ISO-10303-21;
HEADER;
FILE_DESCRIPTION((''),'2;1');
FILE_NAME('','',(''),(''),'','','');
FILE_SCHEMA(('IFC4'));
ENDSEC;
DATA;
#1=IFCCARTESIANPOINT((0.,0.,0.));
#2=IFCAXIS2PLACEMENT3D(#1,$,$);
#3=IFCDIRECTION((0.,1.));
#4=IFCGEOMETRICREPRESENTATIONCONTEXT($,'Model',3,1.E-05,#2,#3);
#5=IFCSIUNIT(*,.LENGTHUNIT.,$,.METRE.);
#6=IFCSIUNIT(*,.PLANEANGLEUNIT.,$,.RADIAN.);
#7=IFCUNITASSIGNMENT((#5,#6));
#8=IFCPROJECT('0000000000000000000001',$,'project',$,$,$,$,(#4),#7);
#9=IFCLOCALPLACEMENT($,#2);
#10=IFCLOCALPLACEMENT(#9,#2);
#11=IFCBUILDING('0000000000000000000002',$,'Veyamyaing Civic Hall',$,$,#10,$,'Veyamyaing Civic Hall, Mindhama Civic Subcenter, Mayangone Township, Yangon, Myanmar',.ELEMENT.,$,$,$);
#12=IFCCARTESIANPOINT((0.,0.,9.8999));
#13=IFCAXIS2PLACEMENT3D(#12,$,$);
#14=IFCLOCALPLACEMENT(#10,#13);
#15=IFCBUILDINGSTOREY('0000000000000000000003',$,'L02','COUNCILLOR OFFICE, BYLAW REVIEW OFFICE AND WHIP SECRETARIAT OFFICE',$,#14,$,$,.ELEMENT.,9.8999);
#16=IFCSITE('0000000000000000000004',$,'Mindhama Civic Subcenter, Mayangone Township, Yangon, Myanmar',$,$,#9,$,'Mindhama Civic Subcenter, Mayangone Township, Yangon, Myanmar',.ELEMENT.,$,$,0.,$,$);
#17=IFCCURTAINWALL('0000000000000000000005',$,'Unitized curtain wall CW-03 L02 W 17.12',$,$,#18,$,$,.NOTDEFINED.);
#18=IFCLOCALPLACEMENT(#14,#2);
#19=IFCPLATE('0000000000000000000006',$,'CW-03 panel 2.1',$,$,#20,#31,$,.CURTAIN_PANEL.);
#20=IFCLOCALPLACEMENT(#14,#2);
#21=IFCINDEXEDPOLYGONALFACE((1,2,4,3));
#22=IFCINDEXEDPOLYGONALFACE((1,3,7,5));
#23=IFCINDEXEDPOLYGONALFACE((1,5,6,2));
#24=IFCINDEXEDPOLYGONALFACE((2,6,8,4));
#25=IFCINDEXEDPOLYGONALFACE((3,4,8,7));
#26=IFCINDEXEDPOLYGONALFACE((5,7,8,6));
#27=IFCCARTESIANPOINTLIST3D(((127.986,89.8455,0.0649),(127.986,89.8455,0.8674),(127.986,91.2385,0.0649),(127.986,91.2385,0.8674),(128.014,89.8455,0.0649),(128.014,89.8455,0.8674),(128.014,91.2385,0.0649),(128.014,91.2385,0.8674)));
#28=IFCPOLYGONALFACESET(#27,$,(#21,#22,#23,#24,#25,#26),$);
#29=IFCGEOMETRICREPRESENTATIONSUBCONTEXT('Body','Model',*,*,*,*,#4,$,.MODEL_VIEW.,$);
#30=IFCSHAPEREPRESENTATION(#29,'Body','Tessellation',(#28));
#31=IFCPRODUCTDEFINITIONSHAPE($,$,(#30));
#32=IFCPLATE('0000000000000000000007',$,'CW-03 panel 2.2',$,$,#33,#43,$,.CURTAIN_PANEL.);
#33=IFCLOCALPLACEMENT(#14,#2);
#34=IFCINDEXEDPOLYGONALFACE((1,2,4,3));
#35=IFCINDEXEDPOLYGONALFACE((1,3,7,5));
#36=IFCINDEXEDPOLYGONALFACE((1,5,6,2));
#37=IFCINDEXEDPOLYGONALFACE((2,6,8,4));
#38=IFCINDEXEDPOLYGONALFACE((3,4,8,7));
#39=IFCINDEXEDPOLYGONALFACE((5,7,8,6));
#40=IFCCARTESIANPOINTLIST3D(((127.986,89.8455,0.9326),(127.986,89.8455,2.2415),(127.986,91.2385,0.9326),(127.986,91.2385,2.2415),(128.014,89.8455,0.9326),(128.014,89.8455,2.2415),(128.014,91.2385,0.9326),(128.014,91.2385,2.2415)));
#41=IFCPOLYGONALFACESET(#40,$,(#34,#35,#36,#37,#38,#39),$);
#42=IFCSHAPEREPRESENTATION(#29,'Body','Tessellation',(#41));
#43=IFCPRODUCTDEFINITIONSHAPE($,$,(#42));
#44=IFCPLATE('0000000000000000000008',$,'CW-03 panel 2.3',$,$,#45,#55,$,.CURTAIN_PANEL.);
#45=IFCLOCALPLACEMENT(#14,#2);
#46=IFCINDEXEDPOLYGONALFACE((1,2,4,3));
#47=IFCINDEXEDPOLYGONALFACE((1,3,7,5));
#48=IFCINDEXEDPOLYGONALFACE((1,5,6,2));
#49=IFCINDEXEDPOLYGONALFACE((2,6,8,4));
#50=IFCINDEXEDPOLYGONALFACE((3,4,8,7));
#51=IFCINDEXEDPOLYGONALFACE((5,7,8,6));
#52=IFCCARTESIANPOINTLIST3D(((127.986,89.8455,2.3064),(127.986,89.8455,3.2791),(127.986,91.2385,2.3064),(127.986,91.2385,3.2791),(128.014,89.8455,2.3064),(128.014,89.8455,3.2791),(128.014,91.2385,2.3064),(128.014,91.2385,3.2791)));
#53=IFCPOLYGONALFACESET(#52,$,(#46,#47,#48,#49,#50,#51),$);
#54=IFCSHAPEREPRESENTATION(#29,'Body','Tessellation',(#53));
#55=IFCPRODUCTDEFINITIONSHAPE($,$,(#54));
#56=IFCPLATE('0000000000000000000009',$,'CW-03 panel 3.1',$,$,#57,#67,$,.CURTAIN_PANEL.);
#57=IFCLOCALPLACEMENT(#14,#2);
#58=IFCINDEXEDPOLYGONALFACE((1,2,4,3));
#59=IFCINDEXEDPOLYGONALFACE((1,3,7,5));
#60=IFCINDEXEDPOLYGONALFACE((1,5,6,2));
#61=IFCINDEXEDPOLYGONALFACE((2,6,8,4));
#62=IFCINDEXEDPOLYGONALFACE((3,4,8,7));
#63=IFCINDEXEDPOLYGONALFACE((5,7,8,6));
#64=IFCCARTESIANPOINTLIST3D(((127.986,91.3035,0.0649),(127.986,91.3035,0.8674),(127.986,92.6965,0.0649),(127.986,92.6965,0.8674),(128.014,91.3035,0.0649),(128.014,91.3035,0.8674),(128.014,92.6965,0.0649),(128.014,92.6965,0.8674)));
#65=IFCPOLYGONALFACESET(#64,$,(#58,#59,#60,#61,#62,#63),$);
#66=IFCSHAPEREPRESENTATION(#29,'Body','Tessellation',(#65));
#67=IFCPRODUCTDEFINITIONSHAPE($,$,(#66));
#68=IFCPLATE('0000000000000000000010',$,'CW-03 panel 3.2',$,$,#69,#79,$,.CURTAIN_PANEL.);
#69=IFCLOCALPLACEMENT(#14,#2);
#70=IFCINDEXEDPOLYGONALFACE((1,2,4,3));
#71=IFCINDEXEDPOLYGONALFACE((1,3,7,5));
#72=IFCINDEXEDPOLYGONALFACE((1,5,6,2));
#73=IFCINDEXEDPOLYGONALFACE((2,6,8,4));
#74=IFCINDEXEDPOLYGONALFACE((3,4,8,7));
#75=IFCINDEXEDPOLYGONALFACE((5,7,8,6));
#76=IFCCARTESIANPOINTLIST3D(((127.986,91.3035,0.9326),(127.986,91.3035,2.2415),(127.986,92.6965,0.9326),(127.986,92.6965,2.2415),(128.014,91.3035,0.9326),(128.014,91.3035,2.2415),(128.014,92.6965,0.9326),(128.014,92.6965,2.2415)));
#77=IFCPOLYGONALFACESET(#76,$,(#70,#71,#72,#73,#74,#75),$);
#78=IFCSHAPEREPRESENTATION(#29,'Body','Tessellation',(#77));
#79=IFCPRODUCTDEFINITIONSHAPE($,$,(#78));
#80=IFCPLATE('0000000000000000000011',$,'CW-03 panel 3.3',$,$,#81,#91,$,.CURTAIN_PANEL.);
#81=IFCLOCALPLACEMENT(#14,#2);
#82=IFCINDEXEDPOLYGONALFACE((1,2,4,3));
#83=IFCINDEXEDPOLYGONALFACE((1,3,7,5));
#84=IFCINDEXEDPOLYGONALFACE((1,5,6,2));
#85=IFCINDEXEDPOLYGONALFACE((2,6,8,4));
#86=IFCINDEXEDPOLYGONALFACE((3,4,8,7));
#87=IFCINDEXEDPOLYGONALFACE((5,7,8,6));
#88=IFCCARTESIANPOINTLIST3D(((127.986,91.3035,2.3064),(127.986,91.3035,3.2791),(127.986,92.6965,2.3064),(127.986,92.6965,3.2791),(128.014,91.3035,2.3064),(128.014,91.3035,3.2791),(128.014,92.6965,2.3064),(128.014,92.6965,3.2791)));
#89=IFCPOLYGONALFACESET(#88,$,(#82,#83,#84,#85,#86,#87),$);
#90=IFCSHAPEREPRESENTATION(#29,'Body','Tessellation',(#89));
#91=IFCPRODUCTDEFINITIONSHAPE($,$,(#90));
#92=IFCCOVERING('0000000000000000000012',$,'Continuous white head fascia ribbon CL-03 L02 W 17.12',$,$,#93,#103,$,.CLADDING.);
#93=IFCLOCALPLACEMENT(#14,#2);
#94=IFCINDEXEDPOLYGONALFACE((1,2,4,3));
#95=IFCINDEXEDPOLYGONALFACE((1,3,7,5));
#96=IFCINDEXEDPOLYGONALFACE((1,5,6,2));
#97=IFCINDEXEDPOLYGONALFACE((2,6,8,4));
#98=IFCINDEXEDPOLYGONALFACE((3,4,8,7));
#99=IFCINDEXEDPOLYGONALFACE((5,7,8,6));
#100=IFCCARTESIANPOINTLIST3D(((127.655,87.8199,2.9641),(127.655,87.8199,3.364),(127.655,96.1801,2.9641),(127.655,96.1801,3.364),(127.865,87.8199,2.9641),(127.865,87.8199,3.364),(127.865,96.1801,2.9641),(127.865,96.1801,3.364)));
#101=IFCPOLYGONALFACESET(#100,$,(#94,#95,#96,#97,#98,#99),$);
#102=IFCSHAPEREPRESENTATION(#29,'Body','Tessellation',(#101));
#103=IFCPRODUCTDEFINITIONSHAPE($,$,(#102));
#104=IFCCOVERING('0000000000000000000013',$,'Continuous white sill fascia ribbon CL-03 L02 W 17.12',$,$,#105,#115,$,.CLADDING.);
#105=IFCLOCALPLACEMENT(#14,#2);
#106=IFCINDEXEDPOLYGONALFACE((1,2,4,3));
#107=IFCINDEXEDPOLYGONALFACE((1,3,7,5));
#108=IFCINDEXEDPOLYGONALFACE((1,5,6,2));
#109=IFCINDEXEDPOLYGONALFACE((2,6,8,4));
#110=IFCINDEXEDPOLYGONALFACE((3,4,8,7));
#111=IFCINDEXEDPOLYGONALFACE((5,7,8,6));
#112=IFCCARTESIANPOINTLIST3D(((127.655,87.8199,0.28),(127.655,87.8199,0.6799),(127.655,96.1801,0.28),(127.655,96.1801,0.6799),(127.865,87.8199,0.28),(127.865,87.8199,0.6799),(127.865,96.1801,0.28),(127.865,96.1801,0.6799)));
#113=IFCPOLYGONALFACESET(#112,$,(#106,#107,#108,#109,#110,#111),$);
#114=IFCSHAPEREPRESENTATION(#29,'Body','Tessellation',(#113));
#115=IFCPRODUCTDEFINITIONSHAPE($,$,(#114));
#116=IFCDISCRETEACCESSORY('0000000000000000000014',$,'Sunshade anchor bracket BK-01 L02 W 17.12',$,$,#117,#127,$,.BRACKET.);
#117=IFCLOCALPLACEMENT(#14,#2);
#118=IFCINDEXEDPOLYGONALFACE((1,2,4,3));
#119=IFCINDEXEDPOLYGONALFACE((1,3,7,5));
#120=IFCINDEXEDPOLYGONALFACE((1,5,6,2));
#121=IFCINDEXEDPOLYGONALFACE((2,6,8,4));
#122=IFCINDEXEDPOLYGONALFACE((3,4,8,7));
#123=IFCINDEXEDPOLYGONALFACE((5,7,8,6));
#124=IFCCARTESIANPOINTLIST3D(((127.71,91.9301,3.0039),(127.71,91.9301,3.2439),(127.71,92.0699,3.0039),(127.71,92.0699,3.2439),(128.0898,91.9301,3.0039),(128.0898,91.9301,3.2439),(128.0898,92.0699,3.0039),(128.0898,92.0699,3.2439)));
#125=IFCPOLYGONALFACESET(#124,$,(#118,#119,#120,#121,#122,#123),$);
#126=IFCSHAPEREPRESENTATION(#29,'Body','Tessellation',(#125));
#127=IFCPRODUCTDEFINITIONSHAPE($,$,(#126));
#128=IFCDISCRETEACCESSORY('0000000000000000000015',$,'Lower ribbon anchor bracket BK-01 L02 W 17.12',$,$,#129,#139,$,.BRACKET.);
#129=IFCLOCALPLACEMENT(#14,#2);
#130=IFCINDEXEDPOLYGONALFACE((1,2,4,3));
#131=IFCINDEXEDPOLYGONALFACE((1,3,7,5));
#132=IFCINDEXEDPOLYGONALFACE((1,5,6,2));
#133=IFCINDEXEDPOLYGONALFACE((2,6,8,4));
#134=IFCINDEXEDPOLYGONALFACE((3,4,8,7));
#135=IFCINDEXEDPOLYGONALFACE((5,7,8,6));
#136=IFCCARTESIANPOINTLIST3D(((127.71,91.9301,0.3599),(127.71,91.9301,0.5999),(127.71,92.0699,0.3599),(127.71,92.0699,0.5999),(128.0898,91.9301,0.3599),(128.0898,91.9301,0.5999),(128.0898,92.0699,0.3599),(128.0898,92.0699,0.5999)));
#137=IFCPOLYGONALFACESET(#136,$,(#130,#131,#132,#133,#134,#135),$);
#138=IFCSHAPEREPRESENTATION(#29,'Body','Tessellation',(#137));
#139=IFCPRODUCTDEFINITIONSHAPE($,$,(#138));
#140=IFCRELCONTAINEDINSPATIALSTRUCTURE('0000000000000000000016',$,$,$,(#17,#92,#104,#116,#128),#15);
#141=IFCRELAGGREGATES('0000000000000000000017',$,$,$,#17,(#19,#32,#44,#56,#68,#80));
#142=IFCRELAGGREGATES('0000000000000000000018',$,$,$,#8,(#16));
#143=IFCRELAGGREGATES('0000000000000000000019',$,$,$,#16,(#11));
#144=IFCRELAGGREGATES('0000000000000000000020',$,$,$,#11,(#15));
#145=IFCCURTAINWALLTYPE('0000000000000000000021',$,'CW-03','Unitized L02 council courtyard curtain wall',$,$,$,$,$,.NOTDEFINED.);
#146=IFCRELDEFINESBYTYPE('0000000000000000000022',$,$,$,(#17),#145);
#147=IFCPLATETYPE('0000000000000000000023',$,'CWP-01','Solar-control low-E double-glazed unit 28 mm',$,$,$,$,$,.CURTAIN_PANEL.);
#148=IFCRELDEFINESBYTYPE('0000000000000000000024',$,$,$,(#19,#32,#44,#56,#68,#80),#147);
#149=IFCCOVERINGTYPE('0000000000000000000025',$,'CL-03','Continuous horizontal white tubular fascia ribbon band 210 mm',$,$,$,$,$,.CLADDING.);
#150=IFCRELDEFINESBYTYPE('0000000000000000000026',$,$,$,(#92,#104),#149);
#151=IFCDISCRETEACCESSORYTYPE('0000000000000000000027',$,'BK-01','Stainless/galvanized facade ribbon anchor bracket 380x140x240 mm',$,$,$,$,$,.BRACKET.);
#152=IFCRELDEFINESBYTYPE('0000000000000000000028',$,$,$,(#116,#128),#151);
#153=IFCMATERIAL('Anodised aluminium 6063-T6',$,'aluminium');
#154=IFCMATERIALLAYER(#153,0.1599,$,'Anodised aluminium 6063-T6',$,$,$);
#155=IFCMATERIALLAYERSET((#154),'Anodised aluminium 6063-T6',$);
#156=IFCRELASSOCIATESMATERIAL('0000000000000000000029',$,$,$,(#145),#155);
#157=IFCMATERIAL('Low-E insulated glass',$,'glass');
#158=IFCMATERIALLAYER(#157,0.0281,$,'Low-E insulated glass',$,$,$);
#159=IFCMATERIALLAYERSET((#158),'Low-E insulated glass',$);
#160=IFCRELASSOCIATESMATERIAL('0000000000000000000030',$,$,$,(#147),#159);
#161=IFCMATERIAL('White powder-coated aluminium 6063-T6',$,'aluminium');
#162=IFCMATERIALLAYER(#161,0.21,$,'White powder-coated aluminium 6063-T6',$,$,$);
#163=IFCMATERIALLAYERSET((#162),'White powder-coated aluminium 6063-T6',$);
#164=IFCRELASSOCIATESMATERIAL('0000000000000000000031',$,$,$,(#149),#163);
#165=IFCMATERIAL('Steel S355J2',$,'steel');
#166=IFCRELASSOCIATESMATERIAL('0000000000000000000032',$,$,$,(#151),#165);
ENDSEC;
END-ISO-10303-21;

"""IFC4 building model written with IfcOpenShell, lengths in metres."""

from ifc_helpers import new_model, si_unit, direction, frame, origin, origin_2d, place, context, subcontext, project, spatial, rectangle, extrude, material, layer, layer_set, type_object, element, aggregate, save


model = new_model("IFC4")

# Units and contexts
model_context = context("Model", 3, precision=1e-05, world=origin(), true_north=direction((0.0, 1.0)))
body_context = subcontext(model_context, "Body", "Model", "MODEL_VIEW")
ifc_project = project(units=[si_unit("LENGTHUNIT", "METRE"), si_unit("PLANEANGLEUNIT", "RADIAN")], contexts=[model_context])

# Site, building, storey
site_placement = place(None, origin())
site = spatial("IfcSite", under=ifc_project, at=site_placement, Name="Mindhama Civic Subcenter, Mayangone Township, Yangon, Myanmar", LongName="Mindhama Civic Subcenter, Mayangone Township, Yangon, Myanmar", CompositionType="ELEMENT", RefElevation=0.0)
building_placement = place(site_placement, origin())
building = spatial("IfcBuilding", under=site, at=building_placement, Name="Veyamyaing Civic Hall", LongName="Veyamyaing Civic Hall, Mindhama Civic Subcenter, Mayangone Township, Yangon, Myanmar", CompositionType="ELEMENT")
storey_placement = place(building_placement, frame((0.0, 0.0, 9.8999)))
storey = spatial("IfcBuildingStorey", under=building, at=storey_placement, Name="L02", Description="COUNCILLOR OFFICE, BYLAW REVIEW OFFICE AND WHIP SECRETARIAT OFFICE", CompositionType="ELEMENT", Elevation=9.8999)

# Curtain wall
ifc_material_1 = material(Name="Anodised aluminium 6063-T6", Category="aluminium")
ifc_layer_1 = layer(ifc_material_1, 0.1599, Name="Anodised aluminium 6063-T6")
ifc_layer_set_1 = layer_set([ifc_layer_1], Name="Anodised aluminium 6063-T6")
curtain_wall_type = type_object("IfcCurtainWallType", Name="CW-03", Description="Unitized L02 council courtyard curtain wall", PredefinedType="NOTDEFINED", material=ifc_layer_set_1)
curtain_wall_placement = place(storey_placement, origin())
curtain_wall = element("IfcCurtainWall", 1, at=curtain_wall_placement, inside=storey, type_object=curtain_wall_type, Name="Unitized curtain wall CW-03 L02 W 17.12", PredefinedType="NOTDEFINED")

# Plates
ifc_material_2 = material(Name="Low-E insulated glass", Category="glass")
ifc_layer_2 = layer(ifc_material_2, 0.0281, Name="Low-E insulated glass")
ifc_layer_set_2 = layer_set([ifc_layer_2], Name="Low-E insulated glass")
plate_type = type_object("IfcPlateType", Name="CWP-01", Description="Solar-control low-E double-glazed unit 28 mm", PredefinedType="CURTAIN_PANEL", material=ifc_layer_set_2)
plate_1_placement = place(storey_placement, frame((128.0, 90.542, 0.0649), z_axis=(0.0, 0.0, 1.0), x_axis=(0.0, 1.0, 0.0)))
plate_1 = element("IfcPlate", 2, at=plate_1_placement, type_object=plate_type, Name="CW-03 panel 2.1", PredefinedType="CURTAIN_PANEL", context=body_context, shape_type="SweptSolid", body=[
    extrude(rectangle(XDim=1.3931, YDim=0.0281, at=origin_2d()), origin(), (0.0, 0.0, 1.0), 0.8025),
])
plate_2_placement = place(storey_placement, frame((128.0, 90.542, 0.9326), z_axis=(0.0, 0.0, 1.0), x_axis=(0.0, 1.0, 0.0)))
plate_2 = element("IfcPlate", 3, at=plate_2_placement, type_object=plate_type, Name="CW-03 panel 2.2", PredefinedType="CURTAIN_PANEL", context=body_context, shape_type="SweptSolid", body=[
    extrude(rectangle(XDim=1.3931, YDim=0.0281, at=origin_2d()), origin(), (0.0, 0.0, 1.0), 1.3088),
])
plate_3_placement = place(storey_placement, frame((128.0, 90.542, 2.3064), z_axis=(0.0, 0.0, 1.0), x_axis=(0.0, 1.0, 0.0)))
plate_3 = element("IfcPlate", 4, at=plate_3_placement, type_object=plate_type, Name="CW-03 panel 2.3", PredefinedType="CURTAIN_PANEL", context=body_context, shape_type="SweptSolid", body=[
    extrude(rectangle(XDim=1.3931, YDim=0.0281, at=origin_2d()), origin(), (0.0, 0.0, 1.0), 0.9727),
])
plate_4_placement = place(storey_placement, frame((128.0, 92.0, 0.0649), z_axis=(0.0, 0.0, 1.0), x_axis=(0.0, 1.0, 0.0)))
plate_4 = element("IfcPlate", 5, at=plate_4_placement, type_object=plate_type, Name="CW-03 panel 3.1", PredefinedType="CURTAIN_PANEL", context=body_context, shape_type="SweptSolid", body=[
    extrude(rectangle(XDim=1.3931, YDim=0.0281, at=origin_2d()), origin(), (0.0, 0.0, 1.0), 0.8025),
])
plate_5_placement = place(storey_placement, frame((128.0, 92.0, 0.9326), z_axis=(0.0, 0.0, 1.0), x_axis=(0.0, 1.0, 0.0)))
plate_5 = element("IfcPlate", 6, at=plate_5_placement, type_object=plate_type, Name="CW-03 panel 3.2", PredefinedType="CURTAIN_PANEL", context=body_context, shape_type="SweptSolid", body=[
    extrude(rectangle(XDim=1.3931, YDim=0.0281, at=origin_2d()), origin(), (0.0, 0.0, 1.0), 1.3088),
])
plate_6_placement = place(storey_placement, frame((128.0, 92.0, 2.3064), z_axis=(0.0, 0.0, 1.0), x_axis=(0.0, 1.0, 0.0)))
plate_6 = element("IfcPlate", 7, at=plate_6_placement, type_object=plate_type, Name="CW-03 panel 3.3", PredefinedType="CURTAIN_PANEL", context=body_context, shape_type="SweptSolid", body=[
    extrude(rectangle(XDim=1.3931, YDim=0.0281, at=origin_2d()), origin(), (0.0, 0.0, 1.0), 0.9727),
])
aggregate(curtain_wall, [plate_1, plate_2, plate_3, plate_4, plate_5, plate_6])

# Coverings
ifc_material_3 = material(Name="White powder-coated aluminium 6063-T6", Category="aluminium")
ifc_layer_3 = layer(ifc_material_3, 0.21, Name="White powder-coated aluminium 6063-T6")
ifc_layer_set_3 = layer_set([ifc_layer_3], Name="White powder-coated aluminium 6063-T6")
covering_type = type_object("IfcCoveringType", Name="CL-03", Description="Continuous horizontal white tubular fascia ribbon band 210 mm", PredefinedType="CLADDING", material=ifc_layer_set_3)
for number, where, z_axis, x_axis, name in (
    (8, (127.76, 92.0, 2.9641), (0.0, 0.0, 1.0), (0.0, 1.0, 0.0), "Continuous white head fascia ribbon CL-03 L02 W 17.12"),
    (9, (127.76, 92.0, 0.28), (0.0, 0.0, 1.0), (0.0, 1.0, 0.0), "Continuous white sill fascia ribbon CL-03 L02 W 17.12"),
):
    element("IfcCovering", number, at=place(storey_placement, frame(where, z_axis=z_axis, x_axis=x_axis)), inside=storey, type_object=covering_type, Name=name, PredefinedType="CLADDING", context=body_context, shape_type="SweptSolid", body=[
        extrude(rectangle(XDim=8.3601, YDim=0.21, at=origin_2d()), origin(), (0.0, 0.0, 1.0), 0.3999),
    ])

# Discrete accessories
ifc_material_4 = material(Name="Steel S355J2", Category="steel")
discrete_accessory_type = type_object("IfcDiscreteAccessoryType", Name="BK-01", Description="Stainless/galvanized facade ribbon anchor bracket 380x140x240 mm", PredefinedType="BRACKET", material=ifc_material_4)
for number, where, z_axis, x_axis, name in (
    (10, (127.8999, 92.0, 3.0039), (0.0, 0.0, 1.0), (-1.0, 0.0, 0.0), "Sunshade anchor bracket BK-01 L02 W 17.12"),
    (11, (127.8999, 92.0, 0.3599), (0.0, 0.0, 1.0), (-1.0, 0.0, 0.0), "Lower ribbon anchor bracket BK-01 L02 W 17.12"),
):
    element("IfcDiscreteAccessory", number, at=place(storey_placement, frame(where, z_axis=z_axis, x_axis=x_axis)), inside=storey, type_object=discrete_accessory_type, Name=name, PredefinedType="BRACKET", context=body_context, shape_type="SweptSolid", body=[
        extrude(rectangle(XDim=0.3799, YDim=0.1399, at=origin_2d()), origin(), (0.0, 0.0, 1.0), 0.24),
    ])

save(model, "model.ifc")
